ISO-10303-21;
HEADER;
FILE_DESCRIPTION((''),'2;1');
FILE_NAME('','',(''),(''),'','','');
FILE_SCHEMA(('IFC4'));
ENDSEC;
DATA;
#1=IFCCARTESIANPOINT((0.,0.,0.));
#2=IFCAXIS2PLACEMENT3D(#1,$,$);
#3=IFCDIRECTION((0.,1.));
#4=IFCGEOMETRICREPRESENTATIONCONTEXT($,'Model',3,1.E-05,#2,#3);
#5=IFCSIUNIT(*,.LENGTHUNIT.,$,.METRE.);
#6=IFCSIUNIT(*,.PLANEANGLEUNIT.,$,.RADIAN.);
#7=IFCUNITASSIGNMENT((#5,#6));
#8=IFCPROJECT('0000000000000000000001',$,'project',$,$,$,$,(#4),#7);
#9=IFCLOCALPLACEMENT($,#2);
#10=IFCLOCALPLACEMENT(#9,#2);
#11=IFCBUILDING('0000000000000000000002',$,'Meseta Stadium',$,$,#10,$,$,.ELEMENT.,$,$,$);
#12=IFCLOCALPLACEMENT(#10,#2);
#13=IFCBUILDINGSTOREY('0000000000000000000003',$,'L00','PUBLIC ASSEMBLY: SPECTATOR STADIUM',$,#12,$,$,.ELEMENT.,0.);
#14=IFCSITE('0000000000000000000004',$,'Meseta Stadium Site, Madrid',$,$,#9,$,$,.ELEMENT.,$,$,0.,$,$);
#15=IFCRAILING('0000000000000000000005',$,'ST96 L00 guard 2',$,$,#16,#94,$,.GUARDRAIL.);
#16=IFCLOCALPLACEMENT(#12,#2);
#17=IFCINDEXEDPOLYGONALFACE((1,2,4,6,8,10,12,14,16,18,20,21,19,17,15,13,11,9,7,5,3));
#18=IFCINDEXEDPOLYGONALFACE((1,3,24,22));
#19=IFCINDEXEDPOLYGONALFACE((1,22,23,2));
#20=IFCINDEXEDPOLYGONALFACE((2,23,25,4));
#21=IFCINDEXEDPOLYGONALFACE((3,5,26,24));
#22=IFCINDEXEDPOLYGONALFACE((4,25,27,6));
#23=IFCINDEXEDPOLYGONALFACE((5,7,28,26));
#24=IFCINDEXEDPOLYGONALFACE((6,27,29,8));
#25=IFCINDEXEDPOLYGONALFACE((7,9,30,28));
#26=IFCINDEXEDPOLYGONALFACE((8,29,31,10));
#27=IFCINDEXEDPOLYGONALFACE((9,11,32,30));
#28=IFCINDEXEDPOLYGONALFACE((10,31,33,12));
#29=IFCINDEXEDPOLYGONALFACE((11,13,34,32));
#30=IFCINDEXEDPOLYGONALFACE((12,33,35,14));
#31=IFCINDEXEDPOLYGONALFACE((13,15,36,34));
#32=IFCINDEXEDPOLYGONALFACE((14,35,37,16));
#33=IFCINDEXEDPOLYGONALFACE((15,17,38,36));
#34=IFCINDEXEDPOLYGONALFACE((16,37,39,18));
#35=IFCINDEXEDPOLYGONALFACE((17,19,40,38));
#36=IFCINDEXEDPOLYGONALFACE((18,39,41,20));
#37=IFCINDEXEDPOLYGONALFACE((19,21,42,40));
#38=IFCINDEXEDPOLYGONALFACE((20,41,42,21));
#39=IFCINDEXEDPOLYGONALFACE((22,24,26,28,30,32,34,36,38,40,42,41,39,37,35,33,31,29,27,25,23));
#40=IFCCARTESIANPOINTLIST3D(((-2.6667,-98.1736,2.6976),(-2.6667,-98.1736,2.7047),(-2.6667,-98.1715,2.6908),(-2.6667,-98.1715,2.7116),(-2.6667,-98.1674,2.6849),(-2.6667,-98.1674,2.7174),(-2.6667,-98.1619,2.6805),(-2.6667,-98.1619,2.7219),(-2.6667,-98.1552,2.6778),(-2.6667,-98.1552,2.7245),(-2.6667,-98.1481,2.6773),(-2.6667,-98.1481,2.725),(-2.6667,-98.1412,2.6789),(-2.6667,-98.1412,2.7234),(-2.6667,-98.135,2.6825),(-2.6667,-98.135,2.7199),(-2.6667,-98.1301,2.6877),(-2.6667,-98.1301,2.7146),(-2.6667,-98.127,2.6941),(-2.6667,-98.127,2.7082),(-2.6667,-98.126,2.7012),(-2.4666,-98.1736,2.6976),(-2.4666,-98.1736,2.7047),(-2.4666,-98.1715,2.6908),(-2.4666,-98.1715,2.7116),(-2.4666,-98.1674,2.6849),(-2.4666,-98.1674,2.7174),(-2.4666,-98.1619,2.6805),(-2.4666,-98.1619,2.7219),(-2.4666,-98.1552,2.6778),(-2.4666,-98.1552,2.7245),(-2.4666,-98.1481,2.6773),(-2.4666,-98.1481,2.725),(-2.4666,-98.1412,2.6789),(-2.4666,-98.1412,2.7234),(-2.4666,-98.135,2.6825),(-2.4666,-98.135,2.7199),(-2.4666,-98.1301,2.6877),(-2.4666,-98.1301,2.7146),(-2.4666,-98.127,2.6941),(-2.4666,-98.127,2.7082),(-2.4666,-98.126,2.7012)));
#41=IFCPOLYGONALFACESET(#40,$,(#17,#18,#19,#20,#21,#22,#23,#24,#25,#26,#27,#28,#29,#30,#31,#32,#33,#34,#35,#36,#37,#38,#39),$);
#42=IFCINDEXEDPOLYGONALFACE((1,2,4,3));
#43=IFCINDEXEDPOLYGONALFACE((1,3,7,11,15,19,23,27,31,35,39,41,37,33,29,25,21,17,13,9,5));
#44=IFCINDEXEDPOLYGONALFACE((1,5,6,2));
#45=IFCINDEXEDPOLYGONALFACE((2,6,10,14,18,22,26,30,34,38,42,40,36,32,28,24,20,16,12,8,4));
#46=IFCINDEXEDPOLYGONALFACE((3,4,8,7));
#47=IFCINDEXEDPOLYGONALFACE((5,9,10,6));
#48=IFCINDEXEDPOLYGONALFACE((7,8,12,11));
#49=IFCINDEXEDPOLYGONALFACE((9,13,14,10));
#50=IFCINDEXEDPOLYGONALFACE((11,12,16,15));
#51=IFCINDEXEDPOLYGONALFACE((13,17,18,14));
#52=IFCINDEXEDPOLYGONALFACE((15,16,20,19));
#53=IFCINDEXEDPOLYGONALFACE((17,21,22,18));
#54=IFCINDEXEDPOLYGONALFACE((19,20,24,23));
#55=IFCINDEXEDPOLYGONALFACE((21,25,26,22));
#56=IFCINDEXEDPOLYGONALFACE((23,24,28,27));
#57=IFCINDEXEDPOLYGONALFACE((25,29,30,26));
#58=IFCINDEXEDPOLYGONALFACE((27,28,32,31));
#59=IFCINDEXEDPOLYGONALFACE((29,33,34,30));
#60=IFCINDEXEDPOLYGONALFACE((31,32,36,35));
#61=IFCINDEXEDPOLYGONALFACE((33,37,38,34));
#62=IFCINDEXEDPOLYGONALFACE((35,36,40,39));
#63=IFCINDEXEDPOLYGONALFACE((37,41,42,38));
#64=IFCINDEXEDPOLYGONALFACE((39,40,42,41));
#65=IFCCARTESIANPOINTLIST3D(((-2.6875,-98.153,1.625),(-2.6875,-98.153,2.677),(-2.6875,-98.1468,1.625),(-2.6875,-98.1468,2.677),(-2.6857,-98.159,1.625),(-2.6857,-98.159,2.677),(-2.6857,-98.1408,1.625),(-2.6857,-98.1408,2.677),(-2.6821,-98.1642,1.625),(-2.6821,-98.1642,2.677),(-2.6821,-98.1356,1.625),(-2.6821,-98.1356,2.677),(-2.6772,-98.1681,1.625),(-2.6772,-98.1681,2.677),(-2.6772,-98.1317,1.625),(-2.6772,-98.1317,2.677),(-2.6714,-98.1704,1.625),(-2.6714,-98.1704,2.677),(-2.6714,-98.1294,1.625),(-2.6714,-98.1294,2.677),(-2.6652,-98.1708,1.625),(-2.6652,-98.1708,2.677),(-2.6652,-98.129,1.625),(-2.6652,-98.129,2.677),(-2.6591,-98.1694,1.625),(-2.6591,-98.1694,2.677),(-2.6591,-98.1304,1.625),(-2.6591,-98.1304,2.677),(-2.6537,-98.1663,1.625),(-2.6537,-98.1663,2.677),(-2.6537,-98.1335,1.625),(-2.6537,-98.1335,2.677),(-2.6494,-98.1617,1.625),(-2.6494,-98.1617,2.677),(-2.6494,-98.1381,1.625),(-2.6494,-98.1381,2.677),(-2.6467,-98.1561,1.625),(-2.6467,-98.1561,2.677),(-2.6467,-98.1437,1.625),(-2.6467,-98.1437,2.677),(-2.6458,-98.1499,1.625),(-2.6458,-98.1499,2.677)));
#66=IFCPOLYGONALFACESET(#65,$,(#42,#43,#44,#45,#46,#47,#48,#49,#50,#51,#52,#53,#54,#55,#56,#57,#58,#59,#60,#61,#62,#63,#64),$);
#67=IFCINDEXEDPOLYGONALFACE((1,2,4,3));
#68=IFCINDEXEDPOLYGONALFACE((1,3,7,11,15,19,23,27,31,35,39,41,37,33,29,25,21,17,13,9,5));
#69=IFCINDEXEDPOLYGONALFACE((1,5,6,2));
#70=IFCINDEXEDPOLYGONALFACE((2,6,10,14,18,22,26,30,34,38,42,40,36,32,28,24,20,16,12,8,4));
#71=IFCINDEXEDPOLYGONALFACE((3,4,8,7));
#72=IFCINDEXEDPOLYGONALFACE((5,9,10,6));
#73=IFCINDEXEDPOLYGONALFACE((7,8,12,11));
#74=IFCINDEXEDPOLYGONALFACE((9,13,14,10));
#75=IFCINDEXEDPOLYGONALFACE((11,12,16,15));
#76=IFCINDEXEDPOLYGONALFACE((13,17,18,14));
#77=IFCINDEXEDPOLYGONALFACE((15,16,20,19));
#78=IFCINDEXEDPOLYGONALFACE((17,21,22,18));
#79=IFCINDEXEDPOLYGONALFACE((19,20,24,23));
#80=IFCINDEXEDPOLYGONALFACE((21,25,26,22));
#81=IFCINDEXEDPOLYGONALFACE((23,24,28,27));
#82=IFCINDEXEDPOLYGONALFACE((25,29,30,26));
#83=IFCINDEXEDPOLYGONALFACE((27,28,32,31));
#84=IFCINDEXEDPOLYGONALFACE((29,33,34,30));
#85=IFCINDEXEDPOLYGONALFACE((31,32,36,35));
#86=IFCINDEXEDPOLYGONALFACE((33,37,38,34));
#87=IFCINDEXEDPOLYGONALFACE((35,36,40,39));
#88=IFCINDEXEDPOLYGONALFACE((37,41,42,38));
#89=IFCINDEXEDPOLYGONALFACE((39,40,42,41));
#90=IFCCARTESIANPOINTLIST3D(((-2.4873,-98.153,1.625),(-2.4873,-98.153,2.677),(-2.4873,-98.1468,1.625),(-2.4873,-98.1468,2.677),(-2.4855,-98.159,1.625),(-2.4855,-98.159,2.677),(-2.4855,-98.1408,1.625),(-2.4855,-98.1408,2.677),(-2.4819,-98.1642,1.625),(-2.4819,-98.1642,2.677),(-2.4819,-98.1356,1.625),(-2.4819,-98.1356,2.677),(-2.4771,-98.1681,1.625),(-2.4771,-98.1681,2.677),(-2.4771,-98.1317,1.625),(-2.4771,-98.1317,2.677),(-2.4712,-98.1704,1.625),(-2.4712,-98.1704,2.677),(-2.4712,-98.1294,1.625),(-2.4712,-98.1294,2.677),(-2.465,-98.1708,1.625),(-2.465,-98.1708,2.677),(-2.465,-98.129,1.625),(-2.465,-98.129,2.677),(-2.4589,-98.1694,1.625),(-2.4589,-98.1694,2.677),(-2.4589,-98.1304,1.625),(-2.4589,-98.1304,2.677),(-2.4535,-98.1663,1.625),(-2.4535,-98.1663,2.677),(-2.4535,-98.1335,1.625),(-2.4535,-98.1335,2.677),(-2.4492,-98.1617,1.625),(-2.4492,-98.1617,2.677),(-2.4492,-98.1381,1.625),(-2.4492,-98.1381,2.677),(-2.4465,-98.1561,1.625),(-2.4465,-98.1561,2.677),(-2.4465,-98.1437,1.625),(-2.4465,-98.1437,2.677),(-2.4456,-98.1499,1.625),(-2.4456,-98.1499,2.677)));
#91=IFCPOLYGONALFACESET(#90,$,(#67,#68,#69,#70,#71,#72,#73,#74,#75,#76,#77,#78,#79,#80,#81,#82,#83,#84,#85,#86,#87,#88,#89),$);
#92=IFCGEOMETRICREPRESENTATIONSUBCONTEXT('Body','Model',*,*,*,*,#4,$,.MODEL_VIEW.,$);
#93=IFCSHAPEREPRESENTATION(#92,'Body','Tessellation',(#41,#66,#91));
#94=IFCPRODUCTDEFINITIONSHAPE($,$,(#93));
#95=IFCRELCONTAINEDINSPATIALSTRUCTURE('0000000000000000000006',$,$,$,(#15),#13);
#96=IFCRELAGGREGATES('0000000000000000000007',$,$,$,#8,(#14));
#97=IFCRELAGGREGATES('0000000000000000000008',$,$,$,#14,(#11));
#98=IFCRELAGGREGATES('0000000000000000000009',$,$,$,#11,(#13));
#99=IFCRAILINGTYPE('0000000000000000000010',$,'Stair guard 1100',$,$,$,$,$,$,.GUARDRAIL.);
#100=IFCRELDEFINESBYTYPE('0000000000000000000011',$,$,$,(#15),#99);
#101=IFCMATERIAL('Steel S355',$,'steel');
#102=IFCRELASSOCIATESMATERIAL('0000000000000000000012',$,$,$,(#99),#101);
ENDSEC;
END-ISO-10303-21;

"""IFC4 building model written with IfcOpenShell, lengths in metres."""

from ifc_helpers import new_model, si_unit, direction, frame, origin, origin_2d, place, context, subcontext, project, spatial, circle, extrude, material, type_object, element, save


model = new_model("IFC4")

# Units and contexts
model_context = context("Model", 3, precision=1e-05, world=origin(), true_north=direction((0.0, 1.0)))
body_context = subcontext(model_context, "Body", "Model", "MODEL_VIEW")
ifc_project = project(units=[si_unit("LENGTHUNIT", "METRE"), si_unit("PLANEANGLEUNIT", "RADIAN")], contexts=[model_context])

# Site, building, storey
site_placement = place(None, origin())
site = spatial("IfcSite", under=ifc_project, at=site_placement, Name="Meseta Stadium Site, Madrid", CompositionType="ELEMENT", RefElevation=0.0)
building_placement = place(site_placement, origin())
building = spatial("IfcBuilding", under=site, at=building_placement, Name="Meseta Stadium", CompositionType="ELEMENT")
storey_placement = place(building_placement, origin())
storey = spatial("IfcBuildingStorey", under=building, at=storey_placement, Name="L00", Description="PUBLIC ASSEMBLY: SPECTATOR STADIUM", CompositionType="ELEMENT", Elevation=0.0)

# Railing
ifc_material_1 = material(Name="Steel S355", Category="steel")
railing_type_1 = type_object("IfcRailingType", Name="Stair guard 1100", PredefinedType="GUARDRAIL", material=ifc_material_1)
railing_1_placement = place(storey_placement, frame((-2.6667, -98.1499, 1.625)))
element("IfcRailing", 1, at=railing_1_placement, inside=storey, type_object=railing_type_1, Name="ST96 L00 guard 2", PredefinedType="GUARDRAIL", context=body_context, shape_type="SweptSolid", body=[
    extrude(circle(Radius=0.0239, at=origin_2d()), frame((0.0, 0.0, 1.0762), z_axis=(1.0, 0.0, 0.0), x_axis=(0.0, 1.0, 0.0)), (0.0, 0.0, 1.0), 0.2002),
    extrude(circle(Radius=0.021, at=origin_2d()), origin(), (0.0, 0.0, 1.0), 1.052),
    extrude(circle(Radius=0.021, at=origin_2d()), frame((0.2002, 0.0, 0.0)), (0.0, 0.0, 1.0), 1.052),
])

save(model, "model.ifc")
